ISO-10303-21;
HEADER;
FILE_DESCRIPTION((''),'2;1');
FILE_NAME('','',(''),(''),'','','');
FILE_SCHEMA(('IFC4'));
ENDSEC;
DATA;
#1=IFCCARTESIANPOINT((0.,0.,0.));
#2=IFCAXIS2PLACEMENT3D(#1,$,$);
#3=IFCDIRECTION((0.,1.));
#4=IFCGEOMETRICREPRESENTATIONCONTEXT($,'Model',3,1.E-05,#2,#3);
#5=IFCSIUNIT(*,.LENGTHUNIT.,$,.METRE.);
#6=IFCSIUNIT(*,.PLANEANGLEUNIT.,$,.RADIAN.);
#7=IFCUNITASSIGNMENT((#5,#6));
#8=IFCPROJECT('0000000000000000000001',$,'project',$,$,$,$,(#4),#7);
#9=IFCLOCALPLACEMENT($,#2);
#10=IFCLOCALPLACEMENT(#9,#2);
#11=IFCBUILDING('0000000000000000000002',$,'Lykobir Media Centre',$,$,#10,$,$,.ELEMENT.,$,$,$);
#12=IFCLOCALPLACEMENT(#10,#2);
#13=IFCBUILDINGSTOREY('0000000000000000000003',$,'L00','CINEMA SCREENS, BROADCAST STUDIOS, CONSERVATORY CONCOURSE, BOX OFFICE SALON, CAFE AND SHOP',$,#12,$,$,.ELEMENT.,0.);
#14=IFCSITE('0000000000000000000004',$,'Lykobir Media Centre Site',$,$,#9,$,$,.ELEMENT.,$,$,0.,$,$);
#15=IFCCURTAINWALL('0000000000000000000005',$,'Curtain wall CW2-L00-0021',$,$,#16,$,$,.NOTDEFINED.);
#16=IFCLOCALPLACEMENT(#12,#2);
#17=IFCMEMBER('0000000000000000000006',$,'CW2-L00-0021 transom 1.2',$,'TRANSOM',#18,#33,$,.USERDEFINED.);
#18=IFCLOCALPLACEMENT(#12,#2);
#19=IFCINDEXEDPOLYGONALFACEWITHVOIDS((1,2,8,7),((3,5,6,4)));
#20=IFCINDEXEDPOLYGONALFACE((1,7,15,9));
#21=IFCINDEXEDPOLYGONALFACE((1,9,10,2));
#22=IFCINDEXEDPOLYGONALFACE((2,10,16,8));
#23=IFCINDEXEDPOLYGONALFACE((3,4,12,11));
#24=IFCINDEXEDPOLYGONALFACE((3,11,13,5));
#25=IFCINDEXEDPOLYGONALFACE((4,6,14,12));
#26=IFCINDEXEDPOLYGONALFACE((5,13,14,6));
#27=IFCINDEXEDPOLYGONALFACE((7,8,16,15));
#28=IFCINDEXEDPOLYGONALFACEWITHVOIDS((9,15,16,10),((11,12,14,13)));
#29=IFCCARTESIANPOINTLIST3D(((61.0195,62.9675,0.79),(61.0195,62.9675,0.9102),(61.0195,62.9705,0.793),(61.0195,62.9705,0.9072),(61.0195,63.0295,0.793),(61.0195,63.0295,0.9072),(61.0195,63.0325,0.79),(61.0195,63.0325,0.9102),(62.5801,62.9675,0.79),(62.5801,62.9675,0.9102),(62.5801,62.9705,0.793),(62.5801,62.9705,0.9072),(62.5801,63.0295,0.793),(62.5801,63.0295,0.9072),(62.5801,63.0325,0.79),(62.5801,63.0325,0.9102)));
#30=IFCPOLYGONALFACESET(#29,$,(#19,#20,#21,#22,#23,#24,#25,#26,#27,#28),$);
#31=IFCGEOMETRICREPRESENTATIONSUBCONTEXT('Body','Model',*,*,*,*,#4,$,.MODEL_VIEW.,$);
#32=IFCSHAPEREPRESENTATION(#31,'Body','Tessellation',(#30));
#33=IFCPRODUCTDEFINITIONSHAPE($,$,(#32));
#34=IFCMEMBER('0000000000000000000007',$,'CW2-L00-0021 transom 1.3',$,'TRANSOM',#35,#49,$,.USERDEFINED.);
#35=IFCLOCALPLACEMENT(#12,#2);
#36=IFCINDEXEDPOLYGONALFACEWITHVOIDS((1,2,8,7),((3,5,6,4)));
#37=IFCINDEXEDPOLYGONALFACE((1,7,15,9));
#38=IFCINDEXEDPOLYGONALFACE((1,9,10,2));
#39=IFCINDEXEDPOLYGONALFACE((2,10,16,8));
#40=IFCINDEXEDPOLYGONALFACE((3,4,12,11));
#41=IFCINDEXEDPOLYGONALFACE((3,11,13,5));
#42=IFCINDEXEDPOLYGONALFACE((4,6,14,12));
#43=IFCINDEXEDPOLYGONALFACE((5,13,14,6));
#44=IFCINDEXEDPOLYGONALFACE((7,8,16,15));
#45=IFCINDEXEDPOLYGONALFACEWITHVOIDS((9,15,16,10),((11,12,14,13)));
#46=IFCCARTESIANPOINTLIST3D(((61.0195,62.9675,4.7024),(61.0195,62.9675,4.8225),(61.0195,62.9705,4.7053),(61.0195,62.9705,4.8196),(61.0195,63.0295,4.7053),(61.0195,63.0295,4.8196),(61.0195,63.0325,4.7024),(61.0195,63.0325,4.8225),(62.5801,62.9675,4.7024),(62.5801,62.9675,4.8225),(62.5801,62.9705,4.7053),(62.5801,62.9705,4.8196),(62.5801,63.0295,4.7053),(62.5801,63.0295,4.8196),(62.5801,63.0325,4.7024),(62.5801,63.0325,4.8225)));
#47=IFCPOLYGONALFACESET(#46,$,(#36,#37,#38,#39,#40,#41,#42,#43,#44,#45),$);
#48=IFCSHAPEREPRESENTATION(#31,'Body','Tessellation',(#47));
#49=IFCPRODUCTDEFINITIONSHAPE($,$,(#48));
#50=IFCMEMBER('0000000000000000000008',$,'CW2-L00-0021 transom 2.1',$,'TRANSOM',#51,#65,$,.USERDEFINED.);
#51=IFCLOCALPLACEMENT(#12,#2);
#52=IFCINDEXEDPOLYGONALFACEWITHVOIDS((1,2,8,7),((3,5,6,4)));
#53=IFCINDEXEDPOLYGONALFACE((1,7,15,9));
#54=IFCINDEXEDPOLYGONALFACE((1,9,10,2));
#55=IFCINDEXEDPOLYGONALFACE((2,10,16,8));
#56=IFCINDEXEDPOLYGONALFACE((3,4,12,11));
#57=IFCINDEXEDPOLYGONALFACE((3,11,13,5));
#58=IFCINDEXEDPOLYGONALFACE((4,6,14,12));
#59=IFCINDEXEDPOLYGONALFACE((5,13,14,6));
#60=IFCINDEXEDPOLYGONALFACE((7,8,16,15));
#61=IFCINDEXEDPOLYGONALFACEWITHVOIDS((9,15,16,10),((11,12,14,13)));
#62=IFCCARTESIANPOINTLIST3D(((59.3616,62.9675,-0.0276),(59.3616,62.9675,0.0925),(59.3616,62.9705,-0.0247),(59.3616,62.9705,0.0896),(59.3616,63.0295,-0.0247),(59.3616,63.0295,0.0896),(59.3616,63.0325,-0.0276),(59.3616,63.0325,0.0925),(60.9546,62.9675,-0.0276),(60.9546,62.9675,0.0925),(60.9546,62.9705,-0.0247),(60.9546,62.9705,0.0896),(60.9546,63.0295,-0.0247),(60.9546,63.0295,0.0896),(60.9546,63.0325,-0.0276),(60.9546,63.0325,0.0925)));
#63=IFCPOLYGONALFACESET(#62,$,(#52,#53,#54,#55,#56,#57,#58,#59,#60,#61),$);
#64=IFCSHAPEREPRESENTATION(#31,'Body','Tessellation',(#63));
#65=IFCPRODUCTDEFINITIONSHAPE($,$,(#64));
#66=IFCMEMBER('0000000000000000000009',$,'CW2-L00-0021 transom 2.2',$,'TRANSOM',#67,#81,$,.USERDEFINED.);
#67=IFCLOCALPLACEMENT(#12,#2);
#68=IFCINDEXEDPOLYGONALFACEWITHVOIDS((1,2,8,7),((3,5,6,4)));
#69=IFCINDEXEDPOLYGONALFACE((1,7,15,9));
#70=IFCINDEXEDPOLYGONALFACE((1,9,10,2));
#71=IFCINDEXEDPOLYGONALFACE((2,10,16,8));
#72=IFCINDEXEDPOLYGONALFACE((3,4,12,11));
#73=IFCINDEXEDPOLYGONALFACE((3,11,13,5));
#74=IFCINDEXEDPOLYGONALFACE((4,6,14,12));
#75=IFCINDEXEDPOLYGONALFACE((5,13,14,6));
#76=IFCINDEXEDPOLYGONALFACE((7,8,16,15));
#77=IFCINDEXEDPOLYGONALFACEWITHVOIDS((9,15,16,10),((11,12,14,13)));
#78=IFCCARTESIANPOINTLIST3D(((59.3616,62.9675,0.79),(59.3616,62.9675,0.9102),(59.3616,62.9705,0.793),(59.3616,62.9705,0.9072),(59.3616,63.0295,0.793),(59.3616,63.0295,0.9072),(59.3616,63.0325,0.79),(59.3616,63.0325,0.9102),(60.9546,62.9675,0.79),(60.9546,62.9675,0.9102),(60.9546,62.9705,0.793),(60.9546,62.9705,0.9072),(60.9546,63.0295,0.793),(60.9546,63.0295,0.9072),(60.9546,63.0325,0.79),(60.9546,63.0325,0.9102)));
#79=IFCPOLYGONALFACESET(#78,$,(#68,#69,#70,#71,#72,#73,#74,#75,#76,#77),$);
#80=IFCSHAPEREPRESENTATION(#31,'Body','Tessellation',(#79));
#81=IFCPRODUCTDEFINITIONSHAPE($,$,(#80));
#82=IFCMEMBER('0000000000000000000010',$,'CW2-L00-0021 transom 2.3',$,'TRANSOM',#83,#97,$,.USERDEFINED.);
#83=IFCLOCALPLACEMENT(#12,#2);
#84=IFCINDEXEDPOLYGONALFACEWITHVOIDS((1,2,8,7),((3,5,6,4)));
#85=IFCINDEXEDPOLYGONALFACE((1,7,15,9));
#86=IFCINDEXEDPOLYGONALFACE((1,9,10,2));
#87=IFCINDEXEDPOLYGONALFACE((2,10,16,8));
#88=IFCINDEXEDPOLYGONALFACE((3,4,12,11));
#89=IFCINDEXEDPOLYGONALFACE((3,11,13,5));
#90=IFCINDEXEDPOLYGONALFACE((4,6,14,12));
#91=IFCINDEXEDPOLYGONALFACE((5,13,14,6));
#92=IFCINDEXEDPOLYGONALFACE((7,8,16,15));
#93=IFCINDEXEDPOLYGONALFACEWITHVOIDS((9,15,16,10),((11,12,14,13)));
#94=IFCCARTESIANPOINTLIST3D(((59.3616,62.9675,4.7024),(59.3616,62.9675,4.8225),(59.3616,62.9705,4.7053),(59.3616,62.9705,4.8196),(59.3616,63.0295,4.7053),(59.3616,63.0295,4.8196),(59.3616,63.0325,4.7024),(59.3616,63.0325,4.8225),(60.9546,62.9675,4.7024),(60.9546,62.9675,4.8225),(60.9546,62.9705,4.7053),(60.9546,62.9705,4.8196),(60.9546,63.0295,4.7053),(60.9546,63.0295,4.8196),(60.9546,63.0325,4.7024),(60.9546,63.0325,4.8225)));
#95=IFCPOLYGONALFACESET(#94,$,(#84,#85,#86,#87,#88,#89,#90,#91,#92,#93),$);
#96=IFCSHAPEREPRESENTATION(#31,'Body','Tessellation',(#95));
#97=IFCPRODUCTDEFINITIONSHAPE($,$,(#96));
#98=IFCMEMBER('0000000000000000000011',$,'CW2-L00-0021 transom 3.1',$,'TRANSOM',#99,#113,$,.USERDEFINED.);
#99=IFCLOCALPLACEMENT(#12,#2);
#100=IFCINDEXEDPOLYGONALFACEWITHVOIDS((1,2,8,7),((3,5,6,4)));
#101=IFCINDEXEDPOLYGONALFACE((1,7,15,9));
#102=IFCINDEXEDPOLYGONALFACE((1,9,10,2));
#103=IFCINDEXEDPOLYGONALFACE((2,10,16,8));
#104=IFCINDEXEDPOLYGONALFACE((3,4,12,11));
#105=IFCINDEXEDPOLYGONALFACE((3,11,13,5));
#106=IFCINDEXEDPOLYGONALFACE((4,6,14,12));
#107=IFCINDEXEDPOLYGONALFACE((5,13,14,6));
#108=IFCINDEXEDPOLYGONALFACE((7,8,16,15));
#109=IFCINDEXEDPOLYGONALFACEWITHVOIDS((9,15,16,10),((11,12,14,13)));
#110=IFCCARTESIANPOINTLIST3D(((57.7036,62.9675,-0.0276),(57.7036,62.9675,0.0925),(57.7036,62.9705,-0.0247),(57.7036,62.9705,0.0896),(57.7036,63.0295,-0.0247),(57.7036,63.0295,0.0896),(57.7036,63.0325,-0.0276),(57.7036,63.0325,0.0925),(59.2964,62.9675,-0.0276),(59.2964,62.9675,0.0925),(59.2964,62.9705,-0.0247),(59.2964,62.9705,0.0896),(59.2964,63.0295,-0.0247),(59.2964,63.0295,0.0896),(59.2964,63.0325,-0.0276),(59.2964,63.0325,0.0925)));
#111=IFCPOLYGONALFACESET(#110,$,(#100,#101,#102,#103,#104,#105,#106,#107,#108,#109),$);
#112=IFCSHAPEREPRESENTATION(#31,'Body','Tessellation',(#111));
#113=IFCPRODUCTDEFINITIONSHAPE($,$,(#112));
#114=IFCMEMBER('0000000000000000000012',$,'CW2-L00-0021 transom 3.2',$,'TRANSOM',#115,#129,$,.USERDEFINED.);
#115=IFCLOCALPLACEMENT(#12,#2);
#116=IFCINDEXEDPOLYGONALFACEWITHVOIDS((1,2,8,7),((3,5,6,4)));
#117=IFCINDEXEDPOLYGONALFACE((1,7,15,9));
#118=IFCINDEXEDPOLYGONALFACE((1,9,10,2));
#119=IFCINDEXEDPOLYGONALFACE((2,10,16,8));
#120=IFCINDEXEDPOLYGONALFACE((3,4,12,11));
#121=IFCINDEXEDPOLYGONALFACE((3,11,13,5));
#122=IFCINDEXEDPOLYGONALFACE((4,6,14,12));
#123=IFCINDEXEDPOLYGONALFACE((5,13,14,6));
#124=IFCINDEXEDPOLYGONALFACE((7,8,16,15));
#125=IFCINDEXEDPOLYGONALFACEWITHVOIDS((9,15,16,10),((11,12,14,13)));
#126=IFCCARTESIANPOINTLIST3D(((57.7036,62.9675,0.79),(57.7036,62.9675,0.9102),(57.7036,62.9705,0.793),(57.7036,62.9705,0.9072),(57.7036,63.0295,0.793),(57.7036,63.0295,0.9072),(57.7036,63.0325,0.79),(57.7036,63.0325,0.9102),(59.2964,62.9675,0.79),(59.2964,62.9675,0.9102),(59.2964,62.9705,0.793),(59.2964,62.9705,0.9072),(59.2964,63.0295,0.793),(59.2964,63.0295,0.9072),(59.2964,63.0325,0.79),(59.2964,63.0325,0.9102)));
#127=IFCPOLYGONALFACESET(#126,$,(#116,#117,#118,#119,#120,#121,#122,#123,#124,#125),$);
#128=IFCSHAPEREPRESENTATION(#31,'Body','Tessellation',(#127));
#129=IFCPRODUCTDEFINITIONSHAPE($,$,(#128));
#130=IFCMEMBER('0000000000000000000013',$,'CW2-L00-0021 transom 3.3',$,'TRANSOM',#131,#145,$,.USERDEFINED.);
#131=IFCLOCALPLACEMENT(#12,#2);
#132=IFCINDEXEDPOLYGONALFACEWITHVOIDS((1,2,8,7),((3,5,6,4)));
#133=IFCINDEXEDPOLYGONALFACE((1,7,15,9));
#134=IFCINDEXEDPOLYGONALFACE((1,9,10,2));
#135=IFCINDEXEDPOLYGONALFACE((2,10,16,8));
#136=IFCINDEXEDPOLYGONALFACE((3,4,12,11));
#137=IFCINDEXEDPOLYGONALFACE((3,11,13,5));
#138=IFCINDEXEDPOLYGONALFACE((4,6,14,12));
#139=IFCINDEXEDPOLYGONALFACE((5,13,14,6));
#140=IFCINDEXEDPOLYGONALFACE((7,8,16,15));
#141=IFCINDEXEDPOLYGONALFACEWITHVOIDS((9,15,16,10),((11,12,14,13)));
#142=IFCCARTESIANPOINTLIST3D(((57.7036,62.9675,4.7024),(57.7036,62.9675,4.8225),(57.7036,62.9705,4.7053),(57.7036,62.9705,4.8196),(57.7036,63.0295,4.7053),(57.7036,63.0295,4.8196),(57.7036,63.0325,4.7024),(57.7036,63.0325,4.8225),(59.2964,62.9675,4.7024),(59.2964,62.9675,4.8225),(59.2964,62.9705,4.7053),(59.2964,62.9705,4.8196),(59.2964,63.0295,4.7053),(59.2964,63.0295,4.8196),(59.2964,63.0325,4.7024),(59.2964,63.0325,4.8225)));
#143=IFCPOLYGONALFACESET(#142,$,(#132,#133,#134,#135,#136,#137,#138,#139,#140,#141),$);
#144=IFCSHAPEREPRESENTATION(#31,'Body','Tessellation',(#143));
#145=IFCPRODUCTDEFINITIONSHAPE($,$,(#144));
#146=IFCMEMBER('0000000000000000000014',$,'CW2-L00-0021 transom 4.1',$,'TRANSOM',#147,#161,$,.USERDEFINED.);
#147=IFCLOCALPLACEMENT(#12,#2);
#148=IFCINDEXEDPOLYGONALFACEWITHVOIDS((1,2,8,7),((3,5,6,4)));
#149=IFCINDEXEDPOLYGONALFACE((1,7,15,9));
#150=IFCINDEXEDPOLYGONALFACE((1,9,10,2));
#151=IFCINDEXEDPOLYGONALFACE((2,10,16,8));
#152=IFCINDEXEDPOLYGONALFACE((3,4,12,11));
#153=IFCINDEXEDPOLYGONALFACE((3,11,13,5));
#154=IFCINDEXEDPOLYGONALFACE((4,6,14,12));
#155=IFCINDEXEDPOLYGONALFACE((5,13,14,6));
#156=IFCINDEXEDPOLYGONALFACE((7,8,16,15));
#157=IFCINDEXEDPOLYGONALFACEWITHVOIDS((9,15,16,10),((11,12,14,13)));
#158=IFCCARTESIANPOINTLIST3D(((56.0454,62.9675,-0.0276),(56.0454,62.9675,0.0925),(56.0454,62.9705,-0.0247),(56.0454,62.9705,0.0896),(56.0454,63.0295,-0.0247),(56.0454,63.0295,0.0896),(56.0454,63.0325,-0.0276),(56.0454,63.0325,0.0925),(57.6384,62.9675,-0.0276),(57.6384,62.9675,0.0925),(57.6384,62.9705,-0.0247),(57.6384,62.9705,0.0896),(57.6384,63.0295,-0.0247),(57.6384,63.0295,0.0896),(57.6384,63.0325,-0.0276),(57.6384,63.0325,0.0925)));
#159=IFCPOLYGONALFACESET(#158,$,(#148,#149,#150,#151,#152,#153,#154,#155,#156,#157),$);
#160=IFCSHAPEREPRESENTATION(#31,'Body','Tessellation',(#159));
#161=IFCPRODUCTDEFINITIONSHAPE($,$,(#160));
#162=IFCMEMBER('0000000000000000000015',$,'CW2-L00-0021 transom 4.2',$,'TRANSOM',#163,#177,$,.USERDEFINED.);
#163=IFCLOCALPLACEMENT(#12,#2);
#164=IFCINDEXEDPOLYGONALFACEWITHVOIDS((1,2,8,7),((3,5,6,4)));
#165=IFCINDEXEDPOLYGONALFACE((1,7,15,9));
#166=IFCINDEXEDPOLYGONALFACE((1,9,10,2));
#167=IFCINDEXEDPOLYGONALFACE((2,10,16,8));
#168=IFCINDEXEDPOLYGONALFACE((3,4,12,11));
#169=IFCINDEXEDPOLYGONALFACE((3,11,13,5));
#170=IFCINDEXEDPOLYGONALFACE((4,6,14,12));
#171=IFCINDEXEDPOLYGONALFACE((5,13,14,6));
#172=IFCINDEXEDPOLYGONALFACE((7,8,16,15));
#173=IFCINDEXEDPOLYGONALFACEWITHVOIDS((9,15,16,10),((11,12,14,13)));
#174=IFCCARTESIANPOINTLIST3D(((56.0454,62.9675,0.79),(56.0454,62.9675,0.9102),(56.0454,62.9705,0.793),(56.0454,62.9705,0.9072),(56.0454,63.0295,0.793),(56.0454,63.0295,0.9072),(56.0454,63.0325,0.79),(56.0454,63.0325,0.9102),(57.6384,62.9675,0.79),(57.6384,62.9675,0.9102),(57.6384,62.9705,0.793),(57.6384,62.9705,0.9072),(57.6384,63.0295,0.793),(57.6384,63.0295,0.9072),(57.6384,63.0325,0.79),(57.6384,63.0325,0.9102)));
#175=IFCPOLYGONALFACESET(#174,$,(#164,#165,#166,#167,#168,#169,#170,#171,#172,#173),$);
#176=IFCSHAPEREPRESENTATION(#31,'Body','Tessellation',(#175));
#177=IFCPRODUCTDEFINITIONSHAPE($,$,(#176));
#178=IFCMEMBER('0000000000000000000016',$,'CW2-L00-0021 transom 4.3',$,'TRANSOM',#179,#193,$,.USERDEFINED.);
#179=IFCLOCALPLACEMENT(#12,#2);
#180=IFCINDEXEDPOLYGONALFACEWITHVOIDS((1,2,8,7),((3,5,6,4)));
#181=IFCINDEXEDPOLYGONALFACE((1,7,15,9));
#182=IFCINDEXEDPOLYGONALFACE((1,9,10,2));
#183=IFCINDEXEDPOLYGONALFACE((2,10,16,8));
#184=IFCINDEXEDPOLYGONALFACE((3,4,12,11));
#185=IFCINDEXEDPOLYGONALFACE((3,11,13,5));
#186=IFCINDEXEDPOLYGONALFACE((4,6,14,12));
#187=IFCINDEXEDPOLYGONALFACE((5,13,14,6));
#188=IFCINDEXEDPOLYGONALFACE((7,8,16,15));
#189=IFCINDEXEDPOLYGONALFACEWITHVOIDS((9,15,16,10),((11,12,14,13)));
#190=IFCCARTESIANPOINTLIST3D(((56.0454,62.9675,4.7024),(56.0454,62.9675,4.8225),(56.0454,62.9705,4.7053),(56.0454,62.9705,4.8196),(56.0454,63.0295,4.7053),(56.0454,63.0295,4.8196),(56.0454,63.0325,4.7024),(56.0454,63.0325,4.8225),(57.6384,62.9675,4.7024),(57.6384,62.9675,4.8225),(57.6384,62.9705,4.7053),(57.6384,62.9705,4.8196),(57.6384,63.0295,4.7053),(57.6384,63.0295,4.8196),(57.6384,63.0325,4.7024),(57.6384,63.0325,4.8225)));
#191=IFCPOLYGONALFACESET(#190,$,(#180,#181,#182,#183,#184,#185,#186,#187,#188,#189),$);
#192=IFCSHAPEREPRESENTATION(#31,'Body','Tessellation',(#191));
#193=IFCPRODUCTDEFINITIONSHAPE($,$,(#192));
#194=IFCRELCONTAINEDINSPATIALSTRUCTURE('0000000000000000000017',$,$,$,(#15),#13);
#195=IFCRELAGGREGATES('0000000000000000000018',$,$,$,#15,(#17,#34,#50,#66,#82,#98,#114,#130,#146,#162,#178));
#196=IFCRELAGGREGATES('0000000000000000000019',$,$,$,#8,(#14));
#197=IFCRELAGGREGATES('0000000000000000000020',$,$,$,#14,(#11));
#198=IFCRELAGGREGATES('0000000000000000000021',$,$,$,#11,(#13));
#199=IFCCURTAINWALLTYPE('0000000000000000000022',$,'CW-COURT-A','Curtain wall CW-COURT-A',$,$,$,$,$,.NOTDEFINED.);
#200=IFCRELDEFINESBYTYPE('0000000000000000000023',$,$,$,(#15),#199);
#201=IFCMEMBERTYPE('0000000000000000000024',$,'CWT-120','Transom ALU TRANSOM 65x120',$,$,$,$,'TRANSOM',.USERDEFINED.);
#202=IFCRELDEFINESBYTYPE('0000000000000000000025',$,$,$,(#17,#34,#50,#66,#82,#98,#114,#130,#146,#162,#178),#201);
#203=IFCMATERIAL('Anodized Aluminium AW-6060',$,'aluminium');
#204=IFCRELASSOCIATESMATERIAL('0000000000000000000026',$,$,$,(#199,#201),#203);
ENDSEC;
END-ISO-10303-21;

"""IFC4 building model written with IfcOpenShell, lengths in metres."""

from ifc_helpers import new_model, si_unit, direction, frame, origin, origin_2d, place, context, subcontext, project, spatial, hollow_rectangle, extrude, material, material_profile, profile_set, type_object, element, aggregate, save


model = new_model("IFC4")

# Units and contexts
model_context = context("Model", 3, precision=1e-05, world=origin(), true_north=direction((0.0, 1.0)))
body_context = subcontext(model_context, "Body", "Model", "MODEL_VIEW")
ifc_project = project(units=[si_unit("LENGTHUNIT", "METRE"), si_unit("PLANEANGLEUNIT", "RADIAN")], contexts=[model_context])

# Site, building, storey
site_placement = place(None, origin())
site = spatial("IfcSite", under=ifc_project, at=site_placement, Name="Lykobir Media Centre Site", CompositionType="ELEMENT", RefElevation=0.0)
building_placement = place(site_placement, origin())
building = spatial("IfcBuilding", under=site, at=building_placement, Name="Lykobir Media Centre", CompositionType="ELEMENT")
storey_placement = place(building_placement, origin())
storey = spatial("IfcBuildingStorey", under=building, at=storey_placement, Name="L00", Description="CINEMA SCREENS, BROADCAST STUDIOS, CONSERVATORY CONCOURSE, BOX OFFICE SALON, CAFE AND SHOP", CompositionType="ELEMENT", Elevation=0.0)

# Curtain wall, members
ifc_material_1 = material(Name="Anodized Aluminium AW-6060", Category="aluminium")
curtain_wall_type = type_object("IfcCurtainWallType", Name="CW-COURT-A", Description="Curtain wall CW-COURT-A", PredefinedType="NOTDEFINED", material=ifc_material_1)
curtain_wall_placement = place(storey_placement, origin())
curtain_wall = element("IfcCurtainWall", 1, at=curtain_wall_placement, inside=storey, type_object=curtain_wall_type, Name="Curtain wall CW2-L00-0021", PredefinedType="NOTDEFINED")
ifc_material_profile_1 = material_profile(ifc_material_1, hollow_rectangle(XDim=0.0649, YDim=0.1201, WallThickness=0.0029, at=origin_2d()), Name="ALU TRANSOM 65x120")
ifc_profile_set_1 = profile_set([ifc_material_profile_1], Name="Anodized Aluminium AW-6060")
member_type_1 = type_object("IfcMemberType", Name="CWT-120", Description="Transom ALU TRANSOM 65x120", ElementType="TRANSOM", PredefinedType="USERDEFINED", material=ifc_profile_set_1)
member_1_placement = place(storey_placement, frame((62.5801, 63.0, 0.8501), z_axis=(-1.0, 0.0, 0.0), x_axis=(0.0, -1.0, 0.0)))
member_1 = element("IfcMember", 2, at=member_1_placement, type_object=member_type_1, Name="CW2-L00-0021 transom 1.2", ObjectType="TRANSOM", PredefinedType="USERDEFINED", context=body_context, shape_type="SweptSolid", body=[
    extrude(hollow_rectangle(XDim=0.0649, YDim=0.1201, WallThickness=0.0029, at=origin_2d()), origin(), (0.0, 0.0, 1.0), 1.5605),
])
member_2_placement = place(storey_placement, frame((62.5801, 63.0, 4.7625), z_axis=(-1.0, 0.0, 0.0), x_axis=(0.0, -1.0, 0.0)))
member_2 = element("IfcMember", 3, at=member_2_placement, type_object=member_type_1, Name="CW2-L00-0021 transom 1.3", ObjectType="TRANSOM", PredefinedType="USERDEFINED", context=body_context, shape_type="SweptSolid", body=[
    extrude(hollow_rectangle(XDim=0.0649, YDim=0.1201, WallThickness=0.0029, at=origin_2d()), origin(), (0.0, 0.0, 1.0), 1.5605),
])
member_3_placement = place(storey_placement, frame((60.9546, 63.0, 0.0325), z_axis=(-1.0, 0.0, 0.0), x_axis=(0.0, -1.0, 0.0)))
member_3 = element("IfcMember", 4, at=member_3_placement, type_object=member_type_1, Name="CW2-L00-0021 transom 2.1", ObjectType="TRANSOM", PredefinedType="USERDEFINED", context=body_context, shape_type="SweptSolid", body=[
    extrude(hollow_rectangle(XDim=0.0649, YDim=0.1201, WallThickness=0.0029, at=origin_2d()), origin(), (0.0, 0.0, 1.0), 1.593),
])
member_4_placement = place(storey_placement, frame((60.9546, 63.0, 0.8501), z_axis=(-1.0, 0.0, 0.0), x_axis=(0.0, -1.0, 0.0)))
member_4 = element("IfcMember", 5, at=member_4_placement, type_object=member_type_1, Name="CW2-L00-0021 transom 2.2", ObjectType="TRANSOM", PredefinedType="USERDEFINED", context=body_context, shape_type="SweptSolid", body=[
    extrude(hollow_rectangle(XDim=0.0649, YDim=0.1201, WallThickness=0.0029, at=origin_2d()), origin(), (0.0, 0.0, 1.0), 1.593),
])
member_5_placement = place(storey_placement, frame((60.9546, 63.0, 4.7625), z_axis=(-1.0, 0.0, 0.0), x_axis=(0.0, -1.0, 0.0)))
member_5 = element("IfcMember", 6, at=member_5_placement, type_object=member_type_1, Name="CW2-L00-0021 transom 2.3", ObjectType="TRANSOM", PredefinedType="USERDEFINED", context=body_context, shape_type="SweptSolid", body=[
    extrude(hollow_rectangle(XDim=0.0649, YDim=0.1201, WallThickness=0.0029, at=origin_2d()), origin(), (0.0, 0.0, 1.0), 1.593),
])
member_6_placement = place(storey_placement, frame((59.2964, 63.0, 0.0325), z_axis=(-1.0, 0.0, 0.0), x_axis=(0.0, -1.0, 0.0)))
member_6 = element("IfcMember", 7, at=member_6_placement, type_object=member_type_1, Name="CW2-L00-0021 transom 3.1", ObjectType="TRANSOM", PredefinedType="USERDEFINED", context=body_context, shape_type="SweptSolid", body=[
    extrude(hollow_rectangle(XDim=0.0649, YDim=0.1201, WallThickness=0.0029, at=origin_2d()), origin(), (0.0, 0.0, 1.0), 1.5928),
])
member_7_placement = place(storey_placement, frame((59.2964, 63.0, 0.8501), z_axis=(-1.0, 0.0, 0.0), x_axis=(0.0, -1.0, 0.0)))
member_7 = element("IfcMember", 8, at=member_7_placement, type_object=member_type_1, Name="CW2-L00-0021 transom 3.2", ObjectType="TRANSOM", PredefinedType="USERDEFINED", context=body_context, shape_type="SweptSolid", body=[
    extrude(hollow_rectangle(XDim=0.0649, YDim=0.1201, WallThickness=0.0029, at=origin_2d()), origin(), (0.0, 0.0, 1.0), 1.5928),
])
member_8_placement = place(storey_placement, frame((59.2964, 63.0, 4.7625), z_axis=(-1.0, 0.0, 0.0), x_axis=(0.0, -1.0, 0.0)))
member_8 = element("IfcMember", 9, at=member_8_placement, type_object=member_type_1, Name="CW2-L00-0021 transom 3.3", ObjectType="TRANSOM", PredefinedType="USERDEFINED", context=body_context, shape_type="SweptSolid", body=[
    extrude(hollow_rectangle(XDim=0.0649, YDim=0.1201, WallThickness=0.0029, at=origin_2d()), origin(), (0.0, 0.0, 1.0), 1.5928),
])
member_9_placement = place(storey_placement, frame((57.6384, 63.0, 0.0325), z_axis=(-1.0, 0.0, 0.0), x_axis=(0.0, -1.0, 0.0)))
member_9 = element("IfcMember", 10, at=member_9_placement, type_object=member_type_1, Name="CW2-L00-0021 transom 4.1", ObjectType="TRANSOM", PredefinedType="USERDEFINED", context=body_context, shape_type="SweptSolid", body=[
    extrude(hollow_rectangle(XDim=0.0649, YDim=0.1201, WallThickness=0.0029, at=origin_2d()), origin(), (0.0, 0.0, 1.0), 1.593),
])
member_10_placement = place(storey_placement, frame((57.6384, 63.0, 0.8501), z_axis=(-1.0, 0.0, 0.0), x_axis=(0.0, -1.0, 0.0)))
member_10 = element("IfcMember", 11, at=member_10_placement, type_object=member_type_1, Name="CW2-L00-0021 transom 4.2", ObjectType="TRANSOM", PredefinedType="USERDEFINED", context=body_context, shape_type="SweptSolid", body=[
    extrude(hollow_rectangle(XDim=0.0649, YDim=0.1201, WallThickness=0.0029, at=origin_2d()), origin(), (0.0, 0.0, 1.0), 1.593),
])
member_11_placement = place(storey_placement, frame((57.6384, 63.0, 4.7625), z_axis=(-1.0, 0.0, 0.0), x_axis=(0.0, -1.0, 0.0)))
member_11 = element("IfcMember", 12, at=member_11_placement, type_object=member_type_1, Name="CW2-L00-0021 transom 4.3", ObjectType="TRANSOM", PredefinedType="USERDEFINED", context=body_context, shape_type="SweptSolid", body=[
    extrude(hollow_rectangle(XDim=0.0649, YDim=0.1201, WallThickness=0.0029, at=origin_2d()), origin(), (0.0, 0.0, 1.0), 1.593),
])

aggregate(curtain_wall, [member_1, member_2, member_3, member_4, member_5, member_6, member_7, member_8, member_9, member_10, member_11])

save(model, "model.ifc")
